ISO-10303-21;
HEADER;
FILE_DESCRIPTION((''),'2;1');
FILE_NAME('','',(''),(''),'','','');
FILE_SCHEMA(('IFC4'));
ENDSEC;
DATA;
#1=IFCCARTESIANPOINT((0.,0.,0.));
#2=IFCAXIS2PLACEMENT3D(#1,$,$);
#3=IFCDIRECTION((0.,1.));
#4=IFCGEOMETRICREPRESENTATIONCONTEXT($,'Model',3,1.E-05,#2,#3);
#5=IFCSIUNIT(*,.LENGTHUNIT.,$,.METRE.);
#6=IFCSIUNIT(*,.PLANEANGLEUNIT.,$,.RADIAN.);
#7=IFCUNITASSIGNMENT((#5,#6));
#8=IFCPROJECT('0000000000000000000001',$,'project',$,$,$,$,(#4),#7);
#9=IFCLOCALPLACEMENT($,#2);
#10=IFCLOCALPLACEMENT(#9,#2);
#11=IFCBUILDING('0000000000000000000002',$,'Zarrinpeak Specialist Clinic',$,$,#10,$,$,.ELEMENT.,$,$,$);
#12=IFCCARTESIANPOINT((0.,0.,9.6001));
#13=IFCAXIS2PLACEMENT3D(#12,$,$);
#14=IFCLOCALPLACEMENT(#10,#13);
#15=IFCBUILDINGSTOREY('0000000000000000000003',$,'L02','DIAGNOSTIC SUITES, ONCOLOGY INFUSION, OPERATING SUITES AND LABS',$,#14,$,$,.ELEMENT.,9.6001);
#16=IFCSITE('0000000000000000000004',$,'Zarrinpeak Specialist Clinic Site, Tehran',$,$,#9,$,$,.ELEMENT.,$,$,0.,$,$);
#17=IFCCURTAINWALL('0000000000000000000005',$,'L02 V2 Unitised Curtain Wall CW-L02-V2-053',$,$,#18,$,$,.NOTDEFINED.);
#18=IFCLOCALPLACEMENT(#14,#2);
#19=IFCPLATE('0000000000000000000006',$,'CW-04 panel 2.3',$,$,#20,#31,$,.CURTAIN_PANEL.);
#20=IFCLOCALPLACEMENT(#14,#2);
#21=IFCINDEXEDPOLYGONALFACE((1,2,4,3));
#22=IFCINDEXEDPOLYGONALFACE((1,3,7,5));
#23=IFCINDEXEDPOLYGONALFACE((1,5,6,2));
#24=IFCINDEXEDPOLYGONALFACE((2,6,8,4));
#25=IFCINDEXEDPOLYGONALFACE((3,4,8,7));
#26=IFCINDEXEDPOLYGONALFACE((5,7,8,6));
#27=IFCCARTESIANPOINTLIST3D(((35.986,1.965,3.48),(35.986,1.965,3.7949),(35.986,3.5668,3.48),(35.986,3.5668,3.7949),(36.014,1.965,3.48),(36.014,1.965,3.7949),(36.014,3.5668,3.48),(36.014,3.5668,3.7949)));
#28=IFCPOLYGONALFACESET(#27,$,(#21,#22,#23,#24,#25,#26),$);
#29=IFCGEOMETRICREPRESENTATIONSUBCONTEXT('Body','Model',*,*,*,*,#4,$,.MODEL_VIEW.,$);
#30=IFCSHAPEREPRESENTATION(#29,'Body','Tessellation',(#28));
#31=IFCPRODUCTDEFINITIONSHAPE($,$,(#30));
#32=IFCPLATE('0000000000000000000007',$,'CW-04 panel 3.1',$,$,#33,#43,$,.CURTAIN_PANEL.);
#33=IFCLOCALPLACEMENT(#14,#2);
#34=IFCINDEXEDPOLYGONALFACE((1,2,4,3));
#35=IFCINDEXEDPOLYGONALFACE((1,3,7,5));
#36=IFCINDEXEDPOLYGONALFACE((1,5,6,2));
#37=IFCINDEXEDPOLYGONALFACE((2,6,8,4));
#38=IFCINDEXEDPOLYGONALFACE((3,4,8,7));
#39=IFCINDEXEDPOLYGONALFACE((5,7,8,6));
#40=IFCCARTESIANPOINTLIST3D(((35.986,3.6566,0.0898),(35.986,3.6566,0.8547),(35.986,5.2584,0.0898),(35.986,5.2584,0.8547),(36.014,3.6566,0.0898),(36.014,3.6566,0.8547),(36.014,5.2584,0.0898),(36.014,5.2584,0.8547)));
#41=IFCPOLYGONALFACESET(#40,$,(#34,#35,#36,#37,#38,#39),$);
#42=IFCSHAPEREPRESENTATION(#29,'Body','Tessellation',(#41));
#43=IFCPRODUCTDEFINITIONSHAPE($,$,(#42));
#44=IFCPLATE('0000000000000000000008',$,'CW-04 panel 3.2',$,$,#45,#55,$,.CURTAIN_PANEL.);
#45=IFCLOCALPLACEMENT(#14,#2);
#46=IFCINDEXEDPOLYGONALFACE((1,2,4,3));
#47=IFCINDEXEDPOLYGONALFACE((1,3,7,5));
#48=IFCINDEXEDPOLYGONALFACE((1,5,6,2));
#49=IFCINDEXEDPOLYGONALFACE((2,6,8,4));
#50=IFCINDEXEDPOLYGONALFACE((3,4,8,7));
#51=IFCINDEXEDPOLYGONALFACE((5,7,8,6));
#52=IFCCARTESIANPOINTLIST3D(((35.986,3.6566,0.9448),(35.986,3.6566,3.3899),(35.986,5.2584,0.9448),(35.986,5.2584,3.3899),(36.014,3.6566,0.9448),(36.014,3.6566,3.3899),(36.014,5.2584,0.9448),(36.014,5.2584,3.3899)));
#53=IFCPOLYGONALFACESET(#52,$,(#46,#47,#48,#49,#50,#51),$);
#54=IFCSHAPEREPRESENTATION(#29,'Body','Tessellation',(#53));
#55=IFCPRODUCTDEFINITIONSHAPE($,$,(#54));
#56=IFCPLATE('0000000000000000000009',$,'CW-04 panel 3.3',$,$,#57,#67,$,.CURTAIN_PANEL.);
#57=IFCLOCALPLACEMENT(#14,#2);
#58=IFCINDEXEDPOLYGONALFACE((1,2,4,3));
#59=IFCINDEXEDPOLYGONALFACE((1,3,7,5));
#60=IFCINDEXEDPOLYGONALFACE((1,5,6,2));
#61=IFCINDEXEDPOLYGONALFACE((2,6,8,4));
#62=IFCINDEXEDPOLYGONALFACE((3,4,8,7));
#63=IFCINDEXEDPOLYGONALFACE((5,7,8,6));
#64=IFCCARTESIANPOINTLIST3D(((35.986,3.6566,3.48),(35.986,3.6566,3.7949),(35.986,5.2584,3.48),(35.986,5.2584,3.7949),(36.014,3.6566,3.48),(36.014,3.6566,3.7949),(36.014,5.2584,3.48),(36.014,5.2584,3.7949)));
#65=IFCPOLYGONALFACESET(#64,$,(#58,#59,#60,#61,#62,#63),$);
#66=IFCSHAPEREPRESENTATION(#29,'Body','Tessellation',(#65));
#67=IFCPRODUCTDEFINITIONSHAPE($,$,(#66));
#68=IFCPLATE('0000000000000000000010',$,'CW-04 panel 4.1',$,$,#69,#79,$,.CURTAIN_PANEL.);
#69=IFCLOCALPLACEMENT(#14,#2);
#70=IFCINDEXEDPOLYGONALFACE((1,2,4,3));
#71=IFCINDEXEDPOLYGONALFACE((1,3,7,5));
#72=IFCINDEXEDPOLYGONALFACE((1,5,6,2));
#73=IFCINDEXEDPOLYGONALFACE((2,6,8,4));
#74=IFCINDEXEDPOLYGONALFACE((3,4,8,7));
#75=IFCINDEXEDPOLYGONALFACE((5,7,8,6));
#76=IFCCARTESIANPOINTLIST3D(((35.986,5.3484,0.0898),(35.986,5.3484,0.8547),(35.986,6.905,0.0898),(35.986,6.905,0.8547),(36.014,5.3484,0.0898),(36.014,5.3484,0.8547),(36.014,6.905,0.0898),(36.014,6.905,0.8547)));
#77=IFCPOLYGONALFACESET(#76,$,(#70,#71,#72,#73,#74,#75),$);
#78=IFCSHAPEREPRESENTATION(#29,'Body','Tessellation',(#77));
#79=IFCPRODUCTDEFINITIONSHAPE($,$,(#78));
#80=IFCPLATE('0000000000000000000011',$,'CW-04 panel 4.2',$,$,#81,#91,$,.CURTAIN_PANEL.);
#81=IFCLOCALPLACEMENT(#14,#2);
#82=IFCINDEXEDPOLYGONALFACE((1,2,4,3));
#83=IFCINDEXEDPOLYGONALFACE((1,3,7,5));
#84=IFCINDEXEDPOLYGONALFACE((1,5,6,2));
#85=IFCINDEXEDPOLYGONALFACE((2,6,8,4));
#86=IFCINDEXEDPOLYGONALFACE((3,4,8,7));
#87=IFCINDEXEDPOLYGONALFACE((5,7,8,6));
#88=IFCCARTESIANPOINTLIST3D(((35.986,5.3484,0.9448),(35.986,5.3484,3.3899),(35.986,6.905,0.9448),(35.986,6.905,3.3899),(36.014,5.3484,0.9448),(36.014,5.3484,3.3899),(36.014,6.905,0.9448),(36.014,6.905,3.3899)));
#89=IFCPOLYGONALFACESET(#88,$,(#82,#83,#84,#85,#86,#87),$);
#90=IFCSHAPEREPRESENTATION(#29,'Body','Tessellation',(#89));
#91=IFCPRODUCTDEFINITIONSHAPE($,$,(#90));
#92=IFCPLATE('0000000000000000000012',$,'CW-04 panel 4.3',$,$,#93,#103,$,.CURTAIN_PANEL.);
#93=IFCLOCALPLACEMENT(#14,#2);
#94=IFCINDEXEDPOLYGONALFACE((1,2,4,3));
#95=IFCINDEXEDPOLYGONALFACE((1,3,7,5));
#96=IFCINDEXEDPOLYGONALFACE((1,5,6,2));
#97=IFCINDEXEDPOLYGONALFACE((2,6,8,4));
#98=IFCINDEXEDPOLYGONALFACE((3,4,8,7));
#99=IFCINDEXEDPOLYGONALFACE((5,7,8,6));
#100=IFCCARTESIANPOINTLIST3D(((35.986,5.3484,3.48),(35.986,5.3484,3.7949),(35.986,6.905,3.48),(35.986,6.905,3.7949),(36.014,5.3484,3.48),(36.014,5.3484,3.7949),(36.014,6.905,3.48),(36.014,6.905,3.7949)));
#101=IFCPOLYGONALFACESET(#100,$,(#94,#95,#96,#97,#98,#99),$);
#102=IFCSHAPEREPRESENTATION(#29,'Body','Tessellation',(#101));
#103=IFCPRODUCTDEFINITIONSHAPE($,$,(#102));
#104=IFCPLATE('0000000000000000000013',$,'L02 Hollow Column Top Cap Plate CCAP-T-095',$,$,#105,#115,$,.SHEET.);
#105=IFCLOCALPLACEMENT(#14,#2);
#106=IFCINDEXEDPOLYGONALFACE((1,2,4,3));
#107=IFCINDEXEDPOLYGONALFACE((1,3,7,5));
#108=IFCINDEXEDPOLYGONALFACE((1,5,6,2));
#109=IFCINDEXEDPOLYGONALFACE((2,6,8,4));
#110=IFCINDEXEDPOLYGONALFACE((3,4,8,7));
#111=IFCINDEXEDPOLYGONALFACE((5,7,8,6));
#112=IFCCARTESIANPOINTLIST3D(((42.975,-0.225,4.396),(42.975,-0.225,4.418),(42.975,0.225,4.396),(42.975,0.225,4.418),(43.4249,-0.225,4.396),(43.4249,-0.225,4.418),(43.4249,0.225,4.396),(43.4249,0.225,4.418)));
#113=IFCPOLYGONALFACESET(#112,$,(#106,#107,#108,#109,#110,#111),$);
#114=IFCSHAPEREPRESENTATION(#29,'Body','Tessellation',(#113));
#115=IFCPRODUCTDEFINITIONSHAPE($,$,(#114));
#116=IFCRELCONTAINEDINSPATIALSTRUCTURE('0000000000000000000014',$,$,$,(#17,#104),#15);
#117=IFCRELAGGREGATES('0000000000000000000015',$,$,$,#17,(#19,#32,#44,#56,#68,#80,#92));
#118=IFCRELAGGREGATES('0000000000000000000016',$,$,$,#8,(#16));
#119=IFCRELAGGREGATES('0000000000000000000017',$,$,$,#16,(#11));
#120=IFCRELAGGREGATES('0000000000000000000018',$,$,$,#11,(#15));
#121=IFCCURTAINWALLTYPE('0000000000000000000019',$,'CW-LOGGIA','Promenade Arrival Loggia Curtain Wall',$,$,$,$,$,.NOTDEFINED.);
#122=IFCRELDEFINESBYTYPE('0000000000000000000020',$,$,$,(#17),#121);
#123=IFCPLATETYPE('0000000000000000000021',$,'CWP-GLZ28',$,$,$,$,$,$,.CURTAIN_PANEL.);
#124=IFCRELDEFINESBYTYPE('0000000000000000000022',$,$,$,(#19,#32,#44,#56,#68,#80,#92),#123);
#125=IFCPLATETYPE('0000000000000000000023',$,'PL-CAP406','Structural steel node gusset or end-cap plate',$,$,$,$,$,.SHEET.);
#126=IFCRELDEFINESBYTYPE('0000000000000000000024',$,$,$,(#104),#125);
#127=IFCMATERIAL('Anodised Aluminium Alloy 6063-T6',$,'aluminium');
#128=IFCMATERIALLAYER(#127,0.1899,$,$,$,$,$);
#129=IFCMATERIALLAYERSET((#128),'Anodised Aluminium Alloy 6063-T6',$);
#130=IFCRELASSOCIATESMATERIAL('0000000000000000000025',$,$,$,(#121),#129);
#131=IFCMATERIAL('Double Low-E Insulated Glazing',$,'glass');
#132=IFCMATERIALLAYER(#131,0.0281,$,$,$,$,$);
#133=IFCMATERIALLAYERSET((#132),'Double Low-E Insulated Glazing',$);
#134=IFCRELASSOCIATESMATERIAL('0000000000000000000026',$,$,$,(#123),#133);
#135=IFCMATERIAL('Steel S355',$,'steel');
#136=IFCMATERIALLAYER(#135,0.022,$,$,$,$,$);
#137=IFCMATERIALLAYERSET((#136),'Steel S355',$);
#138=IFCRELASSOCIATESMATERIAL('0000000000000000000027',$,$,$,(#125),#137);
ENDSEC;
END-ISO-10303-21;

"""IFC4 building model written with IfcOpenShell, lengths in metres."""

from ifc_helpers import new_model, si_unit, direction, frame, origin, origin_2d, place, context, subcontext, project, spatial, rectangle, extrude, material, layer, layer_set, type_object, element, aggregate, save


model = new_model("IFC4")

# Units and contexts
model_context = context("Model", 3, precision=1e-05, world=origin(), true_north=direction((0.0, 1.0)))
body_context = subcontext(model_context, "Body", "Model", "MODEL_VIEW")
ifc_project = project(units=[si_unit("LENGTHUNIT", "METRE"), si_unit("PLANEANGLEUNIT", "RADIAN")], contexts=[model_context])

# Site, building, storey
site_placement = place(None, origin())
site = spatial("IfcSite", under=ifc_project, at=site_placement, Name="Zarrinpeak Specialist Clinic Site, Tehran", CompositionType="ELEMENT", RefElevation=0.0)
building_placement = place(site_placement, origin())
building = spatial("IfcBuilding", under=site, at=building_placement, Name="Zarrinpeak Specialist Clinic", CompositionType="ELEMENT")
storey_placement = place(building_placement, frame((0.0, 0.0, 9.6001)))
storey = spatial("IfcBuildingStorey", under=building, at=storey_placement, Name="L02", Description="DIAGNOSTIC SUITES, ONCOLOGY INFUSION, OPERATING SUITES AND LABS", CompositionType="ELEMENT", Elevation=9.6001)

# Shared definitions
ifc_material_1 = material(Name="Steel S355", Category="steel")

# Curtain wall
ifc_material_2 = material(Name="Anodised Aluminium Alloy 6063-T6", Category="aluminium")
ifc_layer_1 = layer(ifc_material_2, 0.1899)
ifc_layer_set_1 = layer_set([ifc_layer_1], Name="Anodised Aluminium Alloy 6063-T6")
curtain_wall_type = type_object("IfcCurtainWallType", Name="CW-LOGGIA", Description="Promenade Arrival Loggia Curtain Wall", PredefinedType="NOTDEFINED", material=ifc_layer_set_1)
curtain_wall_1_placement = place(storey_placement, origin())
curtain_wall_1 = element("IfcCurtainWall", 1, at=curtain_wall_1_placement, inside=storey, type_object=curtain_wall_type, Name="L02 V2 Unitised Curtain Wall CW-L02-V2-053", PredefinedType="NOTDEFINED")

# Plates
ifc_material_3 = material(Name="Double Low-E Insulated Glazing", Category="glass")
ifc_layer_2 = layer(ifc_material_3, 0.0281)
ifc_layer_set_2 = layer_set([ifc_layer_2], Name="Double Low-E Insulated Glazing")
plate_type_1 = type_object("IfcPlateType", Name="CWP-GLZ28", PredefinedType="CURTAIN_PANEL", material=ifc_layer_set_2)
plate_1_placement = place(storey_placement, frame((36.0, 2.7659, 3.48), z_axis=(0.0, 0.0, 1.0), x_axis=(0.0, 1.0, 0.0)))
plate_1 = element("IfcPlate", 2, at=plate_1_placement, type_object=plate_type_1, Name="CW-04 panel 2.3", PredefinedType="CURTAIN_PANEL", context=body_context, shape_type="SweptSolid", body=[
    extrude(rectangle(XDim=1.6018, YDim=0.0281, at=origin_2d()), origin(), (0.0, 0.0, 1.0), 0.3149),
])
plate_2_placement = place(storey_placement, frame((36.0, 4.4575, 0.0898), z_axis=(0.0, 0.0, 1.0), x_axis=(0.0, 1.0, 0.0)))
plate_2 = element("IfcPlate", 3, at=plate_2_placement, type_object=plate_type_1, Name="CW-04 panel 3.1", PredefinedType="CURTAIN_PANEL", context=body_context, shape_type="SweptSolid", body=[
    extrude(rectangle(XDim=1.6018, YDim=0.0281, at=origin_2d()), origin(), (0.0, 0.0, 1.0), 0.7649),
])
plate_3_placement = place(storey_placement, frame((36.0, 4.4575, 0.9448), z_axis=(0.0, 0.0, 1.0), x_axis=(0.0, 1.0, 0.0)))
plate_3 = element("IfcPlate", 4, at=plate_3_placement, type_object=plate_type_1, Name="CW-04 panel 3.2", PredefinedType="CURTAIN_PANEL", context=body_context, shape_type="SweptSolid", body=[
    extrude(rectangle(XDim=1.6018, YDim=0.0281, at=origin_2d()), origin(), (0.0, 0.0, 1.0), 2.4451),
])
plate_4_placement = place(storey_placement, frame((36.0, 4.4575, 3.48), z_axis=(0.0, 0.0, 1.0), x_axis=(0.0, 1.0, 0.0)))
plate_4 = element("IfcPlate", 5, at=plate_4_placement, type_object=plate_type_1, Name="CW-04 panel 3.3", PredefinedType="CURTAIN_PANEL", context=body_context, shape_type="SweptSolid", body=[
    extrude(rectangle(XDim=1.6018, YDim=0.0281, at=origin_2d()), origin(), (0.0, 0.0, 1.0), 0.3149),
])
plate_5_placement = place(storey_placement, frame((36.0, 6.1267, 0.0898), z_axis=(0.0, 0.0, 1.0), x_axis=(0.0, 1.0, 0.0)))
plate_5 = element("IfcPlate", 6, at=plate_5_placement, type_object=plate_type_1, Name="CW-04 panel 4.1", PredefinedType="CURTAIN_PANEL", context=body_context, shape_type="SweptSolid", body=[
    extrude(rectangle(XDim=1.5566, YDim=0.0281, at=origin_2d()), origin(), (0.0, 0.0, 1.0), 0.7649),
])
plate_6_placement = place(storey_placement, frame((36.0, 6.1267, 0.9448), z_axis=(0.0, 0.0, 1.0), x_axis=(0.0, 1.0, 0.0)))
plate_6 = element("IfcPlate", 7, at=plate_6_placement, type_object=plate_type_1, Name="CW-04 panel 4.2", PredefinedType="CURTAIN_PANEL", context=body_context, shape_type="SweptSolid", body=[
    extrude(rectangle(XDim=1.5566, YDim=0.0281, at=origin_2d()), origin(), (0.0, 0.0, 1.0), 2.4451),
])
plate_7_placement = place(storey_placement, frame((36.0, 6.1267, 3.48), z_axis=(0.0, 0.0, 1.0), x_axis=(0.0, 1.0, 0.0)))
plate_7 = element("IfcPlate", 8, at=plate_7_placement, type_object=plate_type_1, Name="CW-04 panel 4.3", PredefinedType="CURTAIN_PANEL", context=body_context, shape_type="SweptSolid", body=[
    extrude(rectangle(XDim=1.5566, YDim=0.0281, at=origin_2d()), origin(), (0.0, 0.0, 1.0), 0.3149),
])
aggregate(curtain_wall_1, [plate_1, plate_2, plate_3, plate_4, plate_5, plate_6, plate_7])
ifc_layer_3 = layer(ifc_material_1, 0.022)
ifc_layer_set_3 = layer_set([ifc_layer_3], Name="Steel S355")
plate_type_2 = type_object("IfcPlateType", Name="PL-CAP406", Description="Structural steel node gusset or end-cap plate", PredefinedType="SHEET", material=ifc_layer_set_3)
plate_8_placement = place(storey_placement, frame((43.2, 0.0, 4.396), z_axis=(0.0, 0.0, 1.0), x_axis=(1.0, 0.0, 0.0)))
element("IfcPlate", 9, at=plate_8_placement, inside=storey, type_object=plate_type_2, Name="L02 Hollow Column Top Cap Plate CCAP-T-095", PredefinedType="SHEET", context=body_context, shape_type="SweptSolid", body=[
    extrude(rectangle(XDim=0.45, YDim=0.45, at=origin_2d()), origin(), (0.0, 0.0, 1.0), 0.022),
])

save(model, "model.ifc")
